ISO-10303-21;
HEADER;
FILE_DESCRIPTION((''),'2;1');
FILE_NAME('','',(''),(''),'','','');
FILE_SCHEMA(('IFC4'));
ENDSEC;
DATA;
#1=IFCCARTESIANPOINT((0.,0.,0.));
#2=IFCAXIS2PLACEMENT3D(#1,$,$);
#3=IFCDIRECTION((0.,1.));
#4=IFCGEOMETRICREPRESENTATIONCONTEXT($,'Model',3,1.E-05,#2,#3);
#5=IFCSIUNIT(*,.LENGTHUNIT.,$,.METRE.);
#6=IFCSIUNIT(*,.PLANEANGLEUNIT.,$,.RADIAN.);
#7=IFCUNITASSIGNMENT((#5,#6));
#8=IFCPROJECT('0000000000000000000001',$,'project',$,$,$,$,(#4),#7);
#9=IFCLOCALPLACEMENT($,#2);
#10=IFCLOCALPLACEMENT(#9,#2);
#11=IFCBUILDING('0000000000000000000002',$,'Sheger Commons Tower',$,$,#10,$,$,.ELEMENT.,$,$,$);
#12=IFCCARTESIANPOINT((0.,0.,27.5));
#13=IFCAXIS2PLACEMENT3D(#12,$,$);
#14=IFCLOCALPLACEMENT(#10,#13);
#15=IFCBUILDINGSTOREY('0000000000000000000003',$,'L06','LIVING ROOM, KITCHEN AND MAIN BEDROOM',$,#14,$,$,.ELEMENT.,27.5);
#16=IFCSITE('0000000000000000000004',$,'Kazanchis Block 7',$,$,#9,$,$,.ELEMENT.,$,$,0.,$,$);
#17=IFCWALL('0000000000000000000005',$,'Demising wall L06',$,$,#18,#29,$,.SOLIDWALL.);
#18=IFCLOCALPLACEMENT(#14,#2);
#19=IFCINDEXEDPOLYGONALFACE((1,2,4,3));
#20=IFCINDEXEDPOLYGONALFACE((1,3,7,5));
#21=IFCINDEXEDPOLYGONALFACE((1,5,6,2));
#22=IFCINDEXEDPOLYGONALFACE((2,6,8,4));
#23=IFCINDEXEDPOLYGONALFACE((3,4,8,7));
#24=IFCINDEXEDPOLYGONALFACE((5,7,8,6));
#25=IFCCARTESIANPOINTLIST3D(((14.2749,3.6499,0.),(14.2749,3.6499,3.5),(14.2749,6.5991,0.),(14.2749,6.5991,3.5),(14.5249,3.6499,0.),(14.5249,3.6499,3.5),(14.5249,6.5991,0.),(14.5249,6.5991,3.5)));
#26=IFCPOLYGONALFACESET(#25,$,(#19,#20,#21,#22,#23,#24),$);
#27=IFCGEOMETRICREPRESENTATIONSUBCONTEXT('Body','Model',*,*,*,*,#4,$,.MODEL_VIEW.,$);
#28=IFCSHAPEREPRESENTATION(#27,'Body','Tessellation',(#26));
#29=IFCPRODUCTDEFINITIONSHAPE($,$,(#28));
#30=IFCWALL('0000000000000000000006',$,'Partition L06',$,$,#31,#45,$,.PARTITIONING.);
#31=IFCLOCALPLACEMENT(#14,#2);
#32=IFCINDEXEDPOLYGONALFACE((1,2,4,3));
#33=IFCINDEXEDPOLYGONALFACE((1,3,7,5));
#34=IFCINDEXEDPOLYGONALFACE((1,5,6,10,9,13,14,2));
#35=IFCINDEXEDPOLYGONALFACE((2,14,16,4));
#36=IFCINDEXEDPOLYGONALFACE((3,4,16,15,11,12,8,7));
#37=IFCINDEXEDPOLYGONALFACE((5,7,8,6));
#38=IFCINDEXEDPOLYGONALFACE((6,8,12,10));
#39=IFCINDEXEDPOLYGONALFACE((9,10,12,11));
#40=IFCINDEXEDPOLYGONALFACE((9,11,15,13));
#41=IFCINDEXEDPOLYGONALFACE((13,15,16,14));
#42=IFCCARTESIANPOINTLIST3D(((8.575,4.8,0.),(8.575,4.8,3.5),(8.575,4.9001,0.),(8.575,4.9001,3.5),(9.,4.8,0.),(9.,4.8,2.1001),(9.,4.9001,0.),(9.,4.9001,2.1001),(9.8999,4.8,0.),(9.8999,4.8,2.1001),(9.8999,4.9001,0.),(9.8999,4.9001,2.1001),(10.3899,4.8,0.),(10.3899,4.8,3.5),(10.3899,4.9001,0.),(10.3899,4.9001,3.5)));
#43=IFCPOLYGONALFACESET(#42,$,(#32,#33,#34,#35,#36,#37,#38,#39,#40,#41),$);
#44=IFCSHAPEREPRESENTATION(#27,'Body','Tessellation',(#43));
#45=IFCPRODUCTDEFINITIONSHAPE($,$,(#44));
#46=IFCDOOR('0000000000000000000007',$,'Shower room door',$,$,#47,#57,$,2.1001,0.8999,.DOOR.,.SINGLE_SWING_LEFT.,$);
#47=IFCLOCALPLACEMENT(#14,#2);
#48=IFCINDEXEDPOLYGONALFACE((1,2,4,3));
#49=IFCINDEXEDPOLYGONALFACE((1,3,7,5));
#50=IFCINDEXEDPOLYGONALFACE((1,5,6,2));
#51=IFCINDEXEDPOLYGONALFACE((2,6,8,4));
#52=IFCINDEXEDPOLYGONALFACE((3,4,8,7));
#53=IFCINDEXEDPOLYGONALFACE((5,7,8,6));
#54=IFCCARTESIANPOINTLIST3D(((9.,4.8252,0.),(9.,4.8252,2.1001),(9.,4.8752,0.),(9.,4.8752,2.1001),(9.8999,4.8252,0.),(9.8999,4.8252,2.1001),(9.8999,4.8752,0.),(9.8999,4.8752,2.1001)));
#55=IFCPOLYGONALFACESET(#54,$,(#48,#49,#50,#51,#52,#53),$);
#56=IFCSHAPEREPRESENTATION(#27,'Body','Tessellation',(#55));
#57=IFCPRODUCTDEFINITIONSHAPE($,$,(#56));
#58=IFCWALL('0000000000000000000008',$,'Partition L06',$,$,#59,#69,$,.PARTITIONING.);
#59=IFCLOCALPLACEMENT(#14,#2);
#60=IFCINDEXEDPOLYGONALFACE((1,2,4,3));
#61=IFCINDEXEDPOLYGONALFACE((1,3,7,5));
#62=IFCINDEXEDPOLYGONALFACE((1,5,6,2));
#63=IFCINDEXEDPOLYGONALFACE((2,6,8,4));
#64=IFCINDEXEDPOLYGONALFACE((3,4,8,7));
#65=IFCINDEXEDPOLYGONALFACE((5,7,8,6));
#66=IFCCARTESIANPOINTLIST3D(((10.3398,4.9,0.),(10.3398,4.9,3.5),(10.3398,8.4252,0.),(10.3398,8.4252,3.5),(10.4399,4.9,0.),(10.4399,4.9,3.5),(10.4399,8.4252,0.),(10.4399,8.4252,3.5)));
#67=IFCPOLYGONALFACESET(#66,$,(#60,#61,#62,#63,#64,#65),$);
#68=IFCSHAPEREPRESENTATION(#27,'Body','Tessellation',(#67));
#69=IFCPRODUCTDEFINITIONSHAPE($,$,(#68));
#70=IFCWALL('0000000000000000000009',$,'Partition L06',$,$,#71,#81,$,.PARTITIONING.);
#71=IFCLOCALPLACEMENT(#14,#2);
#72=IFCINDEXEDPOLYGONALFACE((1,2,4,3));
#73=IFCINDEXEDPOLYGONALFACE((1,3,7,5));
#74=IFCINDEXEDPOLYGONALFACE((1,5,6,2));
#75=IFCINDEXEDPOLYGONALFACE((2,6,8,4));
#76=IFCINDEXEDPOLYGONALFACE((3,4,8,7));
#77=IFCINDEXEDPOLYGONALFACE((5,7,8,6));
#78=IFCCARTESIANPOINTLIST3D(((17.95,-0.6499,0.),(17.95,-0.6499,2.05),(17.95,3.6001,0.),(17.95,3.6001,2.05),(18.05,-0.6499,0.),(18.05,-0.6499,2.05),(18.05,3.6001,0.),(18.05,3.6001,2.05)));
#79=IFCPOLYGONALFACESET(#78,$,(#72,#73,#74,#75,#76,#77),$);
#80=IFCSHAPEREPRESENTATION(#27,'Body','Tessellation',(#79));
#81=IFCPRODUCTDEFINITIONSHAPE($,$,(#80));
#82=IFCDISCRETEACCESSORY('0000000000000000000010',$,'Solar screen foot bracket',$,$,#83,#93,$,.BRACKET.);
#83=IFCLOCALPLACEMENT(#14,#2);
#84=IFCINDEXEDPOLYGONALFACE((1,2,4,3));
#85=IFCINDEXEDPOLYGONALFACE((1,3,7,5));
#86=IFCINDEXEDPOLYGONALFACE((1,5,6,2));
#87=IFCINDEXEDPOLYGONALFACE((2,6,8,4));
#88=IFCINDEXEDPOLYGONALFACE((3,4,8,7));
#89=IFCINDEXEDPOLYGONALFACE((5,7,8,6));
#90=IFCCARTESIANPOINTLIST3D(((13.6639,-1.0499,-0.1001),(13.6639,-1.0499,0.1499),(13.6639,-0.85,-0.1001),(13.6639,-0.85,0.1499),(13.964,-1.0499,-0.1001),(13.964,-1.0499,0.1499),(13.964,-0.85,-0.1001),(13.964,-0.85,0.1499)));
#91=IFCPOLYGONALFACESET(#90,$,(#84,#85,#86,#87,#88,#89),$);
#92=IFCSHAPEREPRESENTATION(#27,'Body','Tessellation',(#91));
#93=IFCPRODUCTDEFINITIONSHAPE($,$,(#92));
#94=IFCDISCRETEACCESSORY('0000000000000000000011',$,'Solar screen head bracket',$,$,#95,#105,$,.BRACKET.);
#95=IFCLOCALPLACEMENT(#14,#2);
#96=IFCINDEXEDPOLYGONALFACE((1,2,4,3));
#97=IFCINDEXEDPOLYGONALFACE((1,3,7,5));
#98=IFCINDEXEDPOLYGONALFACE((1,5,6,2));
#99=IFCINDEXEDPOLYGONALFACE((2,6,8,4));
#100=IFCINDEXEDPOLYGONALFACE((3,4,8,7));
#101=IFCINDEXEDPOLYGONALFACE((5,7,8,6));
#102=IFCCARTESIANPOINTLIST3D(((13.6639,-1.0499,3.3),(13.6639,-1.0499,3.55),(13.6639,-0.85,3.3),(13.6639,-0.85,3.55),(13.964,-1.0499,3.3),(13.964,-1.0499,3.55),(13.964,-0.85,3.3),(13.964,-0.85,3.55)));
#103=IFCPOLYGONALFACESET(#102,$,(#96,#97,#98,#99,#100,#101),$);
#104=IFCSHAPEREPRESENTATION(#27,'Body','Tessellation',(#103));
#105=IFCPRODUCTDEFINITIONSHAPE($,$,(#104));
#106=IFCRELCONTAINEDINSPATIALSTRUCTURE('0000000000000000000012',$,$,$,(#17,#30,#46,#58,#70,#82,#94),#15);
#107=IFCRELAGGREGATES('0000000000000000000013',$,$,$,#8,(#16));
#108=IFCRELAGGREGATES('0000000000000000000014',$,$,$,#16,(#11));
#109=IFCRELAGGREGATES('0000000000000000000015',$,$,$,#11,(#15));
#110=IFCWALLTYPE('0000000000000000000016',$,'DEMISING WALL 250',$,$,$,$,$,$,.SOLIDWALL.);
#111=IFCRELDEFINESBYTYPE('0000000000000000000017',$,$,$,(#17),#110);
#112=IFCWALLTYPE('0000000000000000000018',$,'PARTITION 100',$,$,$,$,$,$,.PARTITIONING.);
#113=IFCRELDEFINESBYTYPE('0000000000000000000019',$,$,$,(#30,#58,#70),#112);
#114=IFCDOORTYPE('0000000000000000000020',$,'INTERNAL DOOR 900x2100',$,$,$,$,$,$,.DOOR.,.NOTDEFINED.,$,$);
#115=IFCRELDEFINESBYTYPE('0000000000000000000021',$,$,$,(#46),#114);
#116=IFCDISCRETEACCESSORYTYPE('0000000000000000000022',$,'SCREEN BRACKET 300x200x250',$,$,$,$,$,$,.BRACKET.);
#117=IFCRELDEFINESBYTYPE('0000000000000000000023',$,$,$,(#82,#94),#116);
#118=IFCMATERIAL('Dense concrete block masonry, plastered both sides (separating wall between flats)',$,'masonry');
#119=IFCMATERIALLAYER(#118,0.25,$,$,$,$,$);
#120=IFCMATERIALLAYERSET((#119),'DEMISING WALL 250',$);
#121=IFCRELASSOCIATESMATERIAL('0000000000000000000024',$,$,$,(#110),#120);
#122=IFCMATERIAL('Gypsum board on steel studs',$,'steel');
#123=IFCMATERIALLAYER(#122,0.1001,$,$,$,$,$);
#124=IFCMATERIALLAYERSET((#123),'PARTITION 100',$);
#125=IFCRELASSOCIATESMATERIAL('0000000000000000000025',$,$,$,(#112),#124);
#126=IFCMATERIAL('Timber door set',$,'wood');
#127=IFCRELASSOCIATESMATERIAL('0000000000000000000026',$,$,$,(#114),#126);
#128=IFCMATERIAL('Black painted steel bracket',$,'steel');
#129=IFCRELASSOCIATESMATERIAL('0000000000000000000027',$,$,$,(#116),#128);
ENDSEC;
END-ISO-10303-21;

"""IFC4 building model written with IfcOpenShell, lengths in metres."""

from ifc_helpers import new_model, si_unit, direction, frame, frame_2d, origin, origin_2d, place, context, subcontext, project, spatial, rectangle, extrude, material, layer, layer_set, type_object, element, fill, save


model = new_model("IFC4")

# Units and contexts
model_context = context("Model", 3, precision=1e-05, world=origin(), true_north=direction((0.0, 1.0)))
body_context = subcontext(model_context, "Body", "Model", "MODEL_VIEW")
ifc_project = project(units=[si_unit("LENGTHUNIT", "METRE"), si_unit("PLANEANGLEUNIT", "RADIAN")], contexts=[model_context])

# Site, building, storey
site_placement = place(None, origin())
site = spatial("IfcSite", under=ifc_project, at=site_placement, Name="Kazanchis Block 7", CompositionType="ELEMENT", RefElevation=0.0)
building_placement = place(site_placement, origin())
building = spatial("IfcBuilding", under=site, at=building_placement, Name="Sheger Commons Tower", CompositionType="ELEMENT")
storey_placement = place(building_placement, frame((0.0, 0.0, 27.5)))
storey = spatial("IfcBuildingStorey", under=building, at=storey_placement, Name="L06", Description="LIVING ROOM, KITCHEN AND MAIN BEDROOM", CompositionType="ELEMENT", Elevation=27.5)

# Wall
ifc_material_1 = material(Name="Dense concrete block masonry, plastered both sides (separating wall between flats)", Category="masonry")
ifc_layer_1 = layer(ifc_material_1, 0.25)
ifc_layer_set_1 = layer_set([ifc_layer_1], Name="DEMISING WALL 250")
wall_type_1 = type_object("IfcWallType", Name="DEMISING WALL 250", PredefinedType="SOLIDWALL", material=ifc_layer_set_1)
wall_1_placement = place(storey_placement, frame((14.3999, 3.6499, 0.0), z_axis=(0.0, 0.0, 1.0), x_axis=(0.0, 1.0, 0.0)))
element("IfcWall", 1, at=wall_1_placement, inside=storey, type_object=wall_type_1, Name="Demising wall L06", PredefinedType="SOLIDWALL", context=body_context, shape_type="SweptSolid", body=[
    extrude(rectangle(XDim=2.9492, YDim=0.25, at=frame_2d((1.4746, 0.0))), origin(), (0.0, 0.0, 1.0), 3.5),
])

# Wall, opening, door
ifc_material_2 = material(Name="Gypsum board on steel studs", Category="steel")
ifc_layer_2 = layer(ifc_material_2, 0.1001)
ifc_layer_set_2 = layer_set([ifc_layer_2], Name="PARTITION 100")
wall_type_2 = type_object("IfcWallType", Name="PARTITION 100", PredefinedType="PARTITIONING", material=ifc_layer_set_2)
wall_2_placement = place(storey_placement, frame((10.3899, 4.8501, 0.0), z_axis=(0.0, 0.0, 1.0), x_axis=(-1.0, 0.0, 0.0)))
wall_2 = element("IfcWall", 2, at=wall_2_placement, inside=storey, type_object=wall_type_2, Name="Partition L06", PredefinedType="PARTITIONING", context=body_context, shape_type="SweptSolid", body=[
    extrude(rectangle(XDim=1.8149, YDim=0.1001, at=frame_2d((0.9075, 0.0))), origin(), (0.0, 0.0, 1.0), 3.5),
])
opening_1_placement = place(wall_2_placement, frame((0.49, 0.0, 0.0)))
opening_1 = element("IfcOpeningElement", 3, at=opening_1_placement, cuts=wall_2, PredefinedType="OPENING", context=body_context, shape_type="SweptSolid", body=[
    extrude(rectangle(XDim=0.8999, YDim=2.1001, at=frame_2d((0.45, 1.05))), frame((0.0, 0.0601, 0.0), z_axis=(0.0, -1.0, 0.0), x_axis=(1.0, 0.0, 0.0)), (0.0, 0.0, 1.0), 0.1201),
])
ifc_material_3 = material(Name="Timber door set", Category="wood")
door_type_1 = type_object("IfcDoorType", Name="INTERNAL DOOR 900x2100", OperationType="NOTDEFINED", PredefinedType="DOOR", material=ifc_material_3)
door_1_placement = place(opening_1_placement, origin())
door_1 = element("IfcDoor", 4, at=door_1_placement, inside=storey, type_object=door_type_1, Name="Shower room door", OperationType="SINGLE_SWING_LEFT", OverallHeight=2.1001, OverallWidth=0.8999, PredefinedType="DOOR", context=body_context, shape_type="SweptSolid", body=[
    extrude(rectangle(XDim=0.8999, YDim=2.1001, at=frame_2d((0.45, 1.05))), frame((0.0, 0.0249, 0.0), z_axis=(0.0, -1.0, 0.0), x_axis=(1.0, 0.0, 0.0)), (0.0, 0.0, 1.0), 0.05),
])
fill(opening_1, door_1)

# Walls
wall_3_placement = place(storey_placement, frame((10.3899, 4.8999, 0.0), z_axis=(0.0, 0.0, 1.0), x_axis=(0.0, 1.0, 0.0)))
element("IfcWall", 5, at=wall_3_placement, inside=storey, type_object=wall_type_2, Name="Partition L06", PredefinedType="PARTITIONING", context=body_context, shape_type="SweptSolid", body=[
    extrude(rectangle(XDim=3.5251, YDim=0.1001, at=frame_2d((1.7627, 0.0))), origin(), (0.0, 0.0, 1.0), 3.5),
])
wall_4_placement = place(storey_placement, frame((18.0, -0.6499, 0.0), z_axis=(0.0, 0.0, 1.0), x_axis=(0.0, 1.0, 0.0)))
element("IfcWall", 6, at=wall_4_placement, inside=storey, type_object=wall_type_2, Name="Partition L06", PredefinedType="PARTITIONING", context=body_context, shape_type="SweptSolid", body=[
    extrude(rectangle(XDim=4.25, YDim=0.1001, at=frame_2d((2.125, 0.0))), origin(), (0.0, 0.0, 1.0), 2.05),
])

# Discrete accessories
ifc_material_4 = material(Name="Black painted steel bracket", Category="steel")
discrete_accessory_type = type_object("IfcDiscreteAccessoryType", Name="SCREEN BRACKET 300x200x250", PredefinedType="BRACKET", material=ifc_material_4)
for number, where, z_axis, x_axis, name in (
    (7, (13.814, -0.95, -0.1001), (0.0, 0.0, 1.0), (1.0, 0.0, 0.0), "Solar screen foot bracket"),
    (8, (13.814, -0.95, 3.3), (0.0, 0.0, 1.0), (1.0, 0.0, 0.0), "Solar screen head bracket"),
):
    element("IfcDiscreteAccessory", number, at=place(storey_placement, frame(where, z_axis=z_axis, x_axis=x_axis)), inside=storey, type_object=discrete_accessory_type, Name=name, PredefinedType="BRACKET", context=body_context, shape_type="SweptSolid", body=[
        extrude(rectangle(XDim=0.3, YDim=0.2, at=origin_2d()), origin(), (0.0, 0.0, 1.0), 0.25),
    ])

save(model, "model.ifc")
